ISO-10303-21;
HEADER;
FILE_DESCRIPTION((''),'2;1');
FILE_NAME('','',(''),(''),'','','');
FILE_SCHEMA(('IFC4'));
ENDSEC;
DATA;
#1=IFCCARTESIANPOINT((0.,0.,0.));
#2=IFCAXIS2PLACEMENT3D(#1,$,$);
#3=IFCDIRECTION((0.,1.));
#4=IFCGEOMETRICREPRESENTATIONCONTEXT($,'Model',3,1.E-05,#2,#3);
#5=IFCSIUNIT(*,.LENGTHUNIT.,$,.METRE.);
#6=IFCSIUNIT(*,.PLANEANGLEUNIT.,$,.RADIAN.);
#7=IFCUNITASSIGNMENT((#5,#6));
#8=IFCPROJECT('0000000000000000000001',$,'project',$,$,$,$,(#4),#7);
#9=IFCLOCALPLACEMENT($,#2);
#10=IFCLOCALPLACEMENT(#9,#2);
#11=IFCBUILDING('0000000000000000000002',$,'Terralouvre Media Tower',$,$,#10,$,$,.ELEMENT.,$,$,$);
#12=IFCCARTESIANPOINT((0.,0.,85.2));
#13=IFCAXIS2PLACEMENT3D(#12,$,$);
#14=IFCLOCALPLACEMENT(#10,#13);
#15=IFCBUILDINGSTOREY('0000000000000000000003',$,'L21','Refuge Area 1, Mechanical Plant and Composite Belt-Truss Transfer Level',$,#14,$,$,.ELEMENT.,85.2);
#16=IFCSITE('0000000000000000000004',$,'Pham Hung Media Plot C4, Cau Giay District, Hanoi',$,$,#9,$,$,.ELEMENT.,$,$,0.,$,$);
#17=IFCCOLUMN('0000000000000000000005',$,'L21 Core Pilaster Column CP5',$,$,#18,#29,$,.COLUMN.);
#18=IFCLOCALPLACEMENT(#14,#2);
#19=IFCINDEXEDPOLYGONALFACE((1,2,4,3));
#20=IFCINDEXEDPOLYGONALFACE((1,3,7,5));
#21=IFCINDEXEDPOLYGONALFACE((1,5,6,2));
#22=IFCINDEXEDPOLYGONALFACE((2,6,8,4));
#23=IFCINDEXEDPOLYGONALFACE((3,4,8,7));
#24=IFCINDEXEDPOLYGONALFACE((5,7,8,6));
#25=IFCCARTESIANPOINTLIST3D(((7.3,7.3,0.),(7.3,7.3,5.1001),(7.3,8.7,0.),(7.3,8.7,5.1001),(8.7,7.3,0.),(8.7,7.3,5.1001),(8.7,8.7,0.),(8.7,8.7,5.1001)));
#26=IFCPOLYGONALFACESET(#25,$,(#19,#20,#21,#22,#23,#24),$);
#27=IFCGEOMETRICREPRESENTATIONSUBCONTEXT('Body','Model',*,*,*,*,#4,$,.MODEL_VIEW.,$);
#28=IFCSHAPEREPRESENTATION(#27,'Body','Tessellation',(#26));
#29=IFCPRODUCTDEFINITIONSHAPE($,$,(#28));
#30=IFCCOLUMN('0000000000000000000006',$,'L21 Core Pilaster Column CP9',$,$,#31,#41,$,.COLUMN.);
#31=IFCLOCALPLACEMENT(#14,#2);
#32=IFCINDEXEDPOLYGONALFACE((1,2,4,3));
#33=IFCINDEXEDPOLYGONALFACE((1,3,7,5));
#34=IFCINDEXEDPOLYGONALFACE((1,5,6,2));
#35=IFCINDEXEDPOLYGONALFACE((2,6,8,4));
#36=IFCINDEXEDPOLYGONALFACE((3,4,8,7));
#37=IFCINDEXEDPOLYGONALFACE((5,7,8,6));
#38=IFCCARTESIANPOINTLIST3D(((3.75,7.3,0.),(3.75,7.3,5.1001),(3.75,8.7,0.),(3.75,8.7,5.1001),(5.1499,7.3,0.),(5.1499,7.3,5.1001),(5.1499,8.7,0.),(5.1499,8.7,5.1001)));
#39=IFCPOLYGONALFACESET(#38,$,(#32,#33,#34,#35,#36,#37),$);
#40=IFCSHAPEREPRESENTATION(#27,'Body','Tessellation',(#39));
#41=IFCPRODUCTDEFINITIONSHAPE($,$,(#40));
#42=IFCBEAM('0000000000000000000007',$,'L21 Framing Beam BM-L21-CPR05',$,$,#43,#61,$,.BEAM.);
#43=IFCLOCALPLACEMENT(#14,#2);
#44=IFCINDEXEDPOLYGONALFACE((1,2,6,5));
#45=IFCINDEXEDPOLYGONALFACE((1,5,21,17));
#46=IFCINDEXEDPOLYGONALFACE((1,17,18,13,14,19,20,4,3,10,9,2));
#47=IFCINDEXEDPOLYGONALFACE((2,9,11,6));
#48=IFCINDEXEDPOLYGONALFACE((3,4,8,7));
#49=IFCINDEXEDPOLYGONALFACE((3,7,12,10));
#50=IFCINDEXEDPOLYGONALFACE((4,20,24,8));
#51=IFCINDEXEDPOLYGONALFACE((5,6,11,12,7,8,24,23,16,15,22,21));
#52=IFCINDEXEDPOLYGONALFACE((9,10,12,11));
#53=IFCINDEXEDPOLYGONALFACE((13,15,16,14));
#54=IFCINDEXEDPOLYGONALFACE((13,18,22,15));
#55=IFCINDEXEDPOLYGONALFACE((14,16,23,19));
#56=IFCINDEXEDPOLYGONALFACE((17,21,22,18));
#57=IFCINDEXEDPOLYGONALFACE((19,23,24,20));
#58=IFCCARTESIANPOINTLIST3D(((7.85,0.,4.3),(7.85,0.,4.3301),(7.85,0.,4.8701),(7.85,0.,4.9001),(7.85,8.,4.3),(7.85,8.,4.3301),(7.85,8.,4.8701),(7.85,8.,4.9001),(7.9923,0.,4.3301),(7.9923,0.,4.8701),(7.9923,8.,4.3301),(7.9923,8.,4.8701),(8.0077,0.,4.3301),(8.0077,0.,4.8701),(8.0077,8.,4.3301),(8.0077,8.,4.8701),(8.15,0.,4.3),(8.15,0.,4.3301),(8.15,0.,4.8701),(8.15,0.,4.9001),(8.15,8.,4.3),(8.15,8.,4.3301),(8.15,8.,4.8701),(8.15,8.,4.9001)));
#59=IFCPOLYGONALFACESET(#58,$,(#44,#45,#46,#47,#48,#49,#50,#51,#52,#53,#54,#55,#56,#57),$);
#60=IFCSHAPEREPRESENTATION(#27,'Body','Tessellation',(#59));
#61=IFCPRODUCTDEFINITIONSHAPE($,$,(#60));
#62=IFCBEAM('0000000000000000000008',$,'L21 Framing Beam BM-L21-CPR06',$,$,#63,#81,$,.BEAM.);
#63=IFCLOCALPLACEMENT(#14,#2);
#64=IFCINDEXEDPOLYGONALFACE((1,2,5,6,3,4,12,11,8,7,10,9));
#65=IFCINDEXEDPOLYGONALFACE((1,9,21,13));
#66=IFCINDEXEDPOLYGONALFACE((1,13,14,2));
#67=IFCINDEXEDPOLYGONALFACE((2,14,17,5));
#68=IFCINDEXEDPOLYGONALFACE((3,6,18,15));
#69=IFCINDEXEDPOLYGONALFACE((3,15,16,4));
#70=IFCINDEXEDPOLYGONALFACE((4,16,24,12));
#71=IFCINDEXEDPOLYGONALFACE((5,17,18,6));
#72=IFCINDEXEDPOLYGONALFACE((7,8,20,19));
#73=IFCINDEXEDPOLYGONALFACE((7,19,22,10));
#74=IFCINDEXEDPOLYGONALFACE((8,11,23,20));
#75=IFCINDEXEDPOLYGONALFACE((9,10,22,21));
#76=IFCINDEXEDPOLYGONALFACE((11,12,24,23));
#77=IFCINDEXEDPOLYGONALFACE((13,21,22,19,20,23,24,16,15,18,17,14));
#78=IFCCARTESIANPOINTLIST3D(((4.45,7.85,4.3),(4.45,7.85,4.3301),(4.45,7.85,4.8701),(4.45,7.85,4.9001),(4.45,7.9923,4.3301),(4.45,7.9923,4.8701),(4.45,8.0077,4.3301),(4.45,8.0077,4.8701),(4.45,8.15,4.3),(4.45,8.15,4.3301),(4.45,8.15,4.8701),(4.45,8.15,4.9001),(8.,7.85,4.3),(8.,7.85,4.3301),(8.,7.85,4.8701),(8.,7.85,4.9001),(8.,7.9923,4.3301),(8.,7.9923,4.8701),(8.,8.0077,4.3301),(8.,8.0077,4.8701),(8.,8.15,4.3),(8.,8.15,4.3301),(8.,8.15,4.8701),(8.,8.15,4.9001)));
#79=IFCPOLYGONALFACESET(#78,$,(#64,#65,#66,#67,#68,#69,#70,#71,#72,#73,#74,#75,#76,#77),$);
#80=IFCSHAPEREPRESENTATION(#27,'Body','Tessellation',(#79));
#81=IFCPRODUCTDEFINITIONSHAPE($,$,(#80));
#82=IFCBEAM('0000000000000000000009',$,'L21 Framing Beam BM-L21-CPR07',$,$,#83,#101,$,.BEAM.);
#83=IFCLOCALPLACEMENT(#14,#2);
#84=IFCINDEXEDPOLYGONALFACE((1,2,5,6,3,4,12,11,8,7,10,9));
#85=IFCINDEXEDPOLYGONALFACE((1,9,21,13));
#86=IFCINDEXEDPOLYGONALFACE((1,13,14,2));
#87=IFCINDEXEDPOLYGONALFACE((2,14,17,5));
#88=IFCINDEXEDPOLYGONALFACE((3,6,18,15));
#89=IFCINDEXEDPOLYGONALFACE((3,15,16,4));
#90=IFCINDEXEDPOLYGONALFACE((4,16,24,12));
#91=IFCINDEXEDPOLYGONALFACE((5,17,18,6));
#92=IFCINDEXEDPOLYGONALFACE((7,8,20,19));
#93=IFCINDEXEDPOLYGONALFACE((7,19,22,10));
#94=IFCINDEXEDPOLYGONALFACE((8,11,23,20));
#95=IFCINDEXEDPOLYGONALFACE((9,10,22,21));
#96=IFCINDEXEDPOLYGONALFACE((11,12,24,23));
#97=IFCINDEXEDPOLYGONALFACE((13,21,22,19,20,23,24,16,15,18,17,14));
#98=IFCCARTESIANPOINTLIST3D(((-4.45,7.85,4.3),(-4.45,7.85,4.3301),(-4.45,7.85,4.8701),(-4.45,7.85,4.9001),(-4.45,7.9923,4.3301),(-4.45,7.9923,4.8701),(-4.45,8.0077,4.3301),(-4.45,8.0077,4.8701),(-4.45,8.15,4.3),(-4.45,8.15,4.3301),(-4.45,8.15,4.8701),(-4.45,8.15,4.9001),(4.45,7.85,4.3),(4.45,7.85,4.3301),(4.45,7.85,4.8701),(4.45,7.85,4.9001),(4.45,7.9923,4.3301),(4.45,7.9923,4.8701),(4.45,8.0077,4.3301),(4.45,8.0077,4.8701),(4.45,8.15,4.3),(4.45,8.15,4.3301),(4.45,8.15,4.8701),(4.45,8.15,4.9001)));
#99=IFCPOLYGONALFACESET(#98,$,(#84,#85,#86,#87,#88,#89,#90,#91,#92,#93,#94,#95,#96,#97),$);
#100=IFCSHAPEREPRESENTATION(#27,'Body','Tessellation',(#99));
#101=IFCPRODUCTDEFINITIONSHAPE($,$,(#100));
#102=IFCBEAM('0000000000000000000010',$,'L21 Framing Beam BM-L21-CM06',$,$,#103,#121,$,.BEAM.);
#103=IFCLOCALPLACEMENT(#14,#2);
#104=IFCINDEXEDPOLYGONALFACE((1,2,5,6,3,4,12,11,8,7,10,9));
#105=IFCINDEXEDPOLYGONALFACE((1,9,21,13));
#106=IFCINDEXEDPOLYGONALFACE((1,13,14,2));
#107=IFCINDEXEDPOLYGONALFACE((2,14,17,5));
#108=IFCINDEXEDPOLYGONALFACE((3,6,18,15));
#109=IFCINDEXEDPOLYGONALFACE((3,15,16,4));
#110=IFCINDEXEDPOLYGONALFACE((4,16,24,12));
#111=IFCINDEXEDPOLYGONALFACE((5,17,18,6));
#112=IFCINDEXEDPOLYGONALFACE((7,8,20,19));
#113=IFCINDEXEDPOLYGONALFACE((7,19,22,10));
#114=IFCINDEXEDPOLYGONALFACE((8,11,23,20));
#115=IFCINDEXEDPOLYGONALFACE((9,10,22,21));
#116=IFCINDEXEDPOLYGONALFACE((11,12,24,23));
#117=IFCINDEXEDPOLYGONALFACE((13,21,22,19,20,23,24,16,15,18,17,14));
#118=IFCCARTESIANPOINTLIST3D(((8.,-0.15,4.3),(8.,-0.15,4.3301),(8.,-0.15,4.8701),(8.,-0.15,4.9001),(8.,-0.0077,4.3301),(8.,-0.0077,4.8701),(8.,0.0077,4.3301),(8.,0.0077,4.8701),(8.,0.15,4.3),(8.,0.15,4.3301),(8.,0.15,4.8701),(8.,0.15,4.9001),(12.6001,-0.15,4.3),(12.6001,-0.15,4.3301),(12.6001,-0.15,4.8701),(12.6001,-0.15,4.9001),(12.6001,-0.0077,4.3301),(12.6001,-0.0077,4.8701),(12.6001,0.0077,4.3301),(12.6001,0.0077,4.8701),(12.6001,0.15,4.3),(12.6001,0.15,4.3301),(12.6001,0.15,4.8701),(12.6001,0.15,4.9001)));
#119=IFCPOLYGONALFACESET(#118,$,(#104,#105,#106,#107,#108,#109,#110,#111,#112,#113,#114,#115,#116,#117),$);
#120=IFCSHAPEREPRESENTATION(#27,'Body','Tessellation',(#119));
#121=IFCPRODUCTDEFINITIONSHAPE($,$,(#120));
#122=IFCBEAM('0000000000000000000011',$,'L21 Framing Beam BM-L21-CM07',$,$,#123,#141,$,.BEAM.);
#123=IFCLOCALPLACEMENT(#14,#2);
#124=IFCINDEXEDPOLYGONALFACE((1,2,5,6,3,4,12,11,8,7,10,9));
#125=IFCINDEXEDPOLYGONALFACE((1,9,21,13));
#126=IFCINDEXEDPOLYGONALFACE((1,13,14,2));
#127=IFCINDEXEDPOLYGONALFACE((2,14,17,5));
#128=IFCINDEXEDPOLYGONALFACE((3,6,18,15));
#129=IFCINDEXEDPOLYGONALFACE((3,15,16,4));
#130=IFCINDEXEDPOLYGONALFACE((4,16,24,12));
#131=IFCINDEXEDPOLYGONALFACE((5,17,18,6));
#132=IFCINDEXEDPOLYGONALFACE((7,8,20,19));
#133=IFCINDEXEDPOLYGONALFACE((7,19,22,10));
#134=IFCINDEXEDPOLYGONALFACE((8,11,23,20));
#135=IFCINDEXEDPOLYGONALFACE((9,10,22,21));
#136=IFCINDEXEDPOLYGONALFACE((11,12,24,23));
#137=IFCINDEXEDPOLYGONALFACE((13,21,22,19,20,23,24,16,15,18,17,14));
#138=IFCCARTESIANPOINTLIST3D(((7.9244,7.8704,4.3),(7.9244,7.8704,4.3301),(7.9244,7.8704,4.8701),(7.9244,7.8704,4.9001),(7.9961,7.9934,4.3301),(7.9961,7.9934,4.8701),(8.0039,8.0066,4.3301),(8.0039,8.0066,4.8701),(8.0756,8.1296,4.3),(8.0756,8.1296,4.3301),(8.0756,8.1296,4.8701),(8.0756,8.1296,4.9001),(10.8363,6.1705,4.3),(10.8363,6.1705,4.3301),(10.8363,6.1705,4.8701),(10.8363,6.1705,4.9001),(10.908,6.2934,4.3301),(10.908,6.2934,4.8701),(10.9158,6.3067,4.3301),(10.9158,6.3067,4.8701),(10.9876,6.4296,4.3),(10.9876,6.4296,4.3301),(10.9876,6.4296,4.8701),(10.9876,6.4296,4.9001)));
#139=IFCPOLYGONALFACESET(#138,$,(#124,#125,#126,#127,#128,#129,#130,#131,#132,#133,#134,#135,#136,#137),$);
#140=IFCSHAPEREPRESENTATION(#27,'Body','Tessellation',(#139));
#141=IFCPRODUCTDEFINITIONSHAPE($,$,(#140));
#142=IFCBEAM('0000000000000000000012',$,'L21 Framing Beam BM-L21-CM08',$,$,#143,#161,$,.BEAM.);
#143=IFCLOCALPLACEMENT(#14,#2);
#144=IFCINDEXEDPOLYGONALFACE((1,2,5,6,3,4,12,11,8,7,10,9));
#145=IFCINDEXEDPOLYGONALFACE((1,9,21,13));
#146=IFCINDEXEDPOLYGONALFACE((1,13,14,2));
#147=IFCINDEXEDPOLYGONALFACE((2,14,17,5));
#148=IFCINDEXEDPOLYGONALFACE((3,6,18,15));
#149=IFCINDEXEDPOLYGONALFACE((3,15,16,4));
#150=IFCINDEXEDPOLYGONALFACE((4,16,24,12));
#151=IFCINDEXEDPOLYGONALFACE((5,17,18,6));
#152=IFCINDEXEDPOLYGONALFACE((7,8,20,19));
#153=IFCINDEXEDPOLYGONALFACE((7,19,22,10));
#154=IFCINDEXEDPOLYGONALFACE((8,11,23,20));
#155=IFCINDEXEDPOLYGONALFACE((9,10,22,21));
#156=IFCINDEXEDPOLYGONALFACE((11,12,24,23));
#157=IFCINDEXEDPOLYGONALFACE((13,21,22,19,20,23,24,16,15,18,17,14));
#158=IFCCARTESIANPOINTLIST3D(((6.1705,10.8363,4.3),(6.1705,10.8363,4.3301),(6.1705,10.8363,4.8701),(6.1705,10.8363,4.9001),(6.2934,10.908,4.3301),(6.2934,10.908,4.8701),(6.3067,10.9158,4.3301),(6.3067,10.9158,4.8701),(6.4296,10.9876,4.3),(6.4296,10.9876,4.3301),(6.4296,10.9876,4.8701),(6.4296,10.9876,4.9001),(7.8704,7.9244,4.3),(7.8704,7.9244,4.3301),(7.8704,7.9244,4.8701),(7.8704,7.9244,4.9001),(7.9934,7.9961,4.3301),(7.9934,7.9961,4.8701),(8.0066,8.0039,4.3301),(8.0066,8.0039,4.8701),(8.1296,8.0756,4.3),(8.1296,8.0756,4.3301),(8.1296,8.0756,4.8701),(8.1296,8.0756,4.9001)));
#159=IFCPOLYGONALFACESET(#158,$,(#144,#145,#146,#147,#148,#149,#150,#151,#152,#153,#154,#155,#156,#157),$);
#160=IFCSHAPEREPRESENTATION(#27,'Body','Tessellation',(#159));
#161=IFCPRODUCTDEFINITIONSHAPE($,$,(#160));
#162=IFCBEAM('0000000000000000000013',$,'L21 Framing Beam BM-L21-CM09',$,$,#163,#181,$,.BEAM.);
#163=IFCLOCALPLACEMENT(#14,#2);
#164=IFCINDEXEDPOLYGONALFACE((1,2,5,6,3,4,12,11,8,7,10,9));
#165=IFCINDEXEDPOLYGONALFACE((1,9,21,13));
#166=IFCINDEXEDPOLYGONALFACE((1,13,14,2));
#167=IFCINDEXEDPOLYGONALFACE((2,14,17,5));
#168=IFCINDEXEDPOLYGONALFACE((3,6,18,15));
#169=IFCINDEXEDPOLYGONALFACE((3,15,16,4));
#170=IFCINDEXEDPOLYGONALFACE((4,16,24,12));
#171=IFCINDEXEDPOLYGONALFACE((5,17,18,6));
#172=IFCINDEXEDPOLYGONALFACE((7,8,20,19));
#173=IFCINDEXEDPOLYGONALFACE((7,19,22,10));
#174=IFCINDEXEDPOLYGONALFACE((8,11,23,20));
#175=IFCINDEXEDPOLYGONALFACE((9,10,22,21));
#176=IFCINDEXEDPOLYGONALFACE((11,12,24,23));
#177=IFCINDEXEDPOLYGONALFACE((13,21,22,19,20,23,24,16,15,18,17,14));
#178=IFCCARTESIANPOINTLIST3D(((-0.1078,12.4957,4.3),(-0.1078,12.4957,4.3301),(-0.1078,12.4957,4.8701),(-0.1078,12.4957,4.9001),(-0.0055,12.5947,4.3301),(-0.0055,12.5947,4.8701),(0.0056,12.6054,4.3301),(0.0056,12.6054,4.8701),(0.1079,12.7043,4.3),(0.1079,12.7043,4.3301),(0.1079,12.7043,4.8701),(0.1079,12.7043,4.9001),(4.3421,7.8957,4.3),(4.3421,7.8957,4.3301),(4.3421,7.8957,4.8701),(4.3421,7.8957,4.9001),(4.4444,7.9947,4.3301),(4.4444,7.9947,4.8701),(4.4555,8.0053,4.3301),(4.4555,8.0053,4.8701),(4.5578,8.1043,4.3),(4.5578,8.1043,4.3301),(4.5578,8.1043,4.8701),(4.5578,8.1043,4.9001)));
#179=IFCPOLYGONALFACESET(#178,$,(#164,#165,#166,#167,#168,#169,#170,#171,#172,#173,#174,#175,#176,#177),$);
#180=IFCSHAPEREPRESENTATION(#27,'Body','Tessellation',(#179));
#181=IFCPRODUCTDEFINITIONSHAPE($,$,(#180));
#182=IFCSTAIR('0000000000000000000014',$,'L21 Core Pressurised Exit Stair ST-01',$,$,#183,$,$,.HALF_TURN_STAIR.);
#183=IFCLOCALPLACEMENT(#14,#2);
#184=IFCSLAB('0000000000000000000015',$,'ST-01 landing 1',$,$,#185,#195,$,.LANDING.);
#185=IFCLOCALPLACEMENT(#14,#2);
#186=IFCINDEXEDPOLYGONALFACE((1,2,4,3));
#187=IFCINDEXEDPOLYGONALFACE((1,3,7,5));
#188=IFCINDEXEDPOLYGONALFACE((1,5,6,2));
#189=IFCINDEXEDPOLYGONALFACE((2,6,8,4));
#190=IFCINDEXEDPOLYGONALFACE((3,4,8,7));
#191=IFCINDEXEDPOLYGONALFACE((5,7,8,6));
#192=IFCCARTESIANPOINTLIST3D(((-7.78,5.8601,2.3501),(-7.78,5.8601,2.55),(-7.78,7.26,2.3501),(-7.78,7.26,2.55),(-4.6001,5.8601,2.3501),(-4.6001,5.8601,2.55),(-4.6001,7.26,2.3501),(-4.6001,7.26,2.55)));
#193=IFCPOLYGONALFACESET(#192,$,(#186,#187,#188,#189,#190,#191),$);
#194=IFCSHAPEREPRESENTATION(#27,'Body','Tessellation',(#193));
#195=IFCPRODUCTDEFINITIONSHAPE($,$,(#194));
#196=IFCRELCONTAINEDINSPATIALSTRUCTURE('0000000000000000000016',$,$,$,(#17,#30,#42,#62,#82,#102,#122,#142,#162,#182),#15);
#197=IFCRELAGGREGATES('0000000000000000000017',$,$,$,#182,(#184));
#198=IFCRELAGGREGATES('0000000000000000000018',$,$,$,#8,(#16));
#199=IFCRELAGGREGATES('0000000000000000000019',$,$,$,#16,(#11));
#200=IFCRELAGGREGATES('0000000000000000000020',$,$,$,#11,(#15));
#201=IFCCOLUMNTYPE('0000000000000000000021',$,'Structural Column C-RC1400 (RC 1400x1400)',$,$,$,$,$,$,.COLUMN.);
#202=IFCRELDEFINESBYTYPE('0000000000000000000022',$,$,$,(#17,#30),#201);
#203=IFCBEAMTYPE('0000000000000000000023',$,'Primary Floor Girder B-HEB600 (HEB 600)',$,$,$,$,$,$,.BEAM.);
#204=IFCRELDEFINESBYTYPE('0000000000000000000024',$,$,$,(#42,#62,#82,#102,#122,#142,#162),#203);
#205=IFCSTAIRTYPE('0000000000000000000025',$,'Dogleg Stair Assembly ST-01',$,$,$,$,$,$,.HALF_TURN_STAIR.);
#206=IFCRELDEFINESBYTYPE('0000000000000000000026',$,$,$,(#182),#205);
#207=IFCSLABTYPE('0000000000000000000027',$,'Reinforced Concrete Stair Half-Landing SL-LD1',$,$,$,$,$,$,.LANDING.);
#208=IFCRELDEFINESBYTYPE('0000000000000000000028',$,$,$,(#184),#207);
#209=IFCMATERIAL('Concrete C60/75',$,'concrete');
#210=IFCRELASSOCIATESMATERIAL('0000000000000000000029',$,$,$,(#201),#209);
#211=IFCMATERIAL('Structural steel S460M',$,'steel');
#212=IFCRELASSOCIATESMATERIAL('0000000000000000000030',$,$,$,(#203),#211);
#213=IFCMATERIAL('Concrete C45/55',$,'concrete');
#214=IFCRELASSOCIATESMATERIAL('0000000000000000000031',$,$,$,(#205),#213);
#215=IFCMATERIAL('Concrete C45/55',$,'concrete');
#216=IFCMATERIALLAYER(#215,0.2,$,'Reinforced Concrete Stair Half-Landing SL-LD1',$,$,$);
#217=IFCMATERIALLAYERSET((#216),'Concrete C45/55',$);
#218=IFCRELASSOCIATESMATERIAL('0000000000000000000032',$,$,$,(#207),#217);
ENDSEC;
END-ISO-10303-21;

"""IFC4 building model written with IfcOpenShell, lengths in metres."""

from ifc_helpers import new_model, si_unit, direction, frame, origin, origin_2d, place, context, subcontext, project, spatial, polyline, rectangle, i_section, outline, extrude, material, layer, layer_set, material_profile, profile_set, type_object, element, aggregate, save


model = new_model("IFC4")

# Units and contexts
model_context = context("Model", 3, precision=1e-05, world=origin(), true_north=direction((0.0, 1.0)))
body_context = subcontext(model_context, "Body", "Model", "MODEL_VIEW")
ifc_project = project(units=[si_unit("LENGTHUNIT", "METRE"), si_unit("PLANEANGLEUNIT", "RADIAN")], contexts=[model_context])

# Site, building, storey
site_placement = place(None, origin())
site = spatial("IfcSite", under=ifc_project, at=site_placement, Name="Pham Hung Media Plot C4, Cau Giay District, Hanoi", CompositionType="ELEMENT", RefElevation=0.0)
building_placement = place(site_placement, origin())
building = spatial("IfcBuilding", under=site, at=building_placement, Name="Terralouvre Media Tower", CompositionType="ELEMENT")
storey_placement = place(building_placement, frame((0.0, 0.0, 85.2)))
storey = spatial("IfcBuildingStorey", under=building, at=storey_placement, Name="L21", Description="Refuge Area 1, Mechanical Plant and Composite Belt-Truss Transfer Level", CompositionType="ELEMENT", Elevation=85.2)

# Columns
ifc_material_1 = material(Name="Concrete C60/75", Category="concrete")
ifc_material_profile_1 = material_profile(ifc_material_1, rectangle(XDim=1.3999, YDim=1.3999, at=origin_2d()), Name="RC 1400x1400")
ifc_profile_set_1 = profile_set([ifc_material_profile_1], Name="Concrete C60/75")
column_type = type_object("IfcColumnType", Name="Structural Column C-RC1400 (RC 1400x1400)", PredefinedType="COLUMN", material=ifc_profile_set_1)
for number, where, z_axis, x_axis, name in (
    (1, (8.0, 8.0, 0.0), (0.0, 0.0, 1.0), (1.0, 0.0, 0.0), "L21 Core Pilaster Column CP5"),
    (2, (4.45, 8.0, 0.0), (0.0, 0.0, 1.0), (1.0, 0.0, 0.0), "L21 Core Pilaster Column CP9"),
):
    element("IfcColumn", number, at=place(storey_placement, frame(where, z_axis=z_axis, x_axis=x_axis)), inside=storey, type_object=column_type, Name=name, PredefinedType="COLUMN", context=body_context, shape_type="SweptSolid", body=[
        extrude(rectangle(XDim=1.3999, YDim=1.3999, at=origin_2d()), origin(), (0.0, 0.0, 1.0), 5.1001),
    ])

# Beams
ifc_material_2 = material(Name="Structural steel S460M", Category="steel")
ifc_material_profile_2 = material_profile(ifc_material_2, i_section(OverallWidth=0.3, OverallDepth=0.6001, WebThickness=0.0154, FlangeThickness=0.03, at=origin_2d()), Name="HEB 600")
ifc_profile_set_2 = profile_set([ifc_material_profile_2], Name="Structural steel S460M")
beam_type = type_object("IfcBeamType", Name="Primary Floor Girder B-HEB600 (HEB 600)", PredefinedType="BEAM", material=ifc_profile_set_2)
beam_1_placement = place(storey_placement, frame((8.0, 0.0, 4.6001), z_axis=(0.0, 1.0, 0.0), x_axis=(-1.0, 0.0, 0.0)))
element("IfcBeam", 3, at=beam_1_placement, inside=storey, type_object=beam_type, Name="L21 Framing Beam BM-L21-CPR05", PredefinedType="BEAM", context=body_context, shape_type="SweptSolid", body=[
    extrude(i_section(OverallWidth=0.3, OverallDepth=0.6001, WebThickness=0.0154, FlangeThickness=0.03, at=origin_2d()), origin(), (0.0, 0.0, 1.0), 8.0),
])
beam_2_placement = place(storey_placement, frame((8.0, 8.0, 4.6001), z_axis=(-1.0, 0.0, 0.0), x_axis=(0.0, -1.0, 0.0)))
element("IfcBeam", 4, at=beam_2_placement, inside=storey, type_object=beam_type, Name="L21 Framing Beam BM-L21-CPR06", PredefinedType="BEAM", context=body_context, shape_type="SweptSolid", body=[
    extrude(i_section(OverallWidth=0.3, OverallDepth=0.6001, WebThickness=0.0154, FlangeThickness=0.03, at=origin_2d()), origin(), (0.0, 0.0, 1.0), 3.55),
])
beam_3_placement = place(storey_placement, frame((4.45, 8.0, 4.6001), z_axis=(-1.0, 0.0, 0.0), x_axis=(0.0, -1.0, 0.0)))
element("IfcBeam", 5, at=beam_3_placement, inside=storey, type_object=beam_type, Name="L21 Framing Beam BM-L21-CPR07", PredefinedType="BEAM", context=body_context, shape_type="SweptSolid", body=[
    extrude(i_section(OverallWidth=0.3, OverallDepth=0.6001, WebThickness=0.0154, FlangeThickness=0.03, at=origin_2d()), origin(), (0.0, 0.0, 1.0), 8.8999),
])
beam_4_placement = place(storey_placement, frame((8.0, 0.0, 4.6001), z_axis=(1.0, 0.0, 0.0), x_axis=(0.0, 1.0, 0.0)))
element("IfcBeam", 6, at=beam_4_placement, inside=storey, type_object=beam_type, Name="L21 Framing Beam BM-L21-CM06", PredefinedType="BEAM", context=body_context, shape_type="SweptSolid", body=[
    extrude(i_section(OverallWidth=0.3, OverallDepth=0.6001, WebThickness=0.0154, FlangeThickness=0.03, at=origin_2d()), origin(), (0.0, 0.0, 1.0), 4.6001),
])
for number, where, z_axis, x_axis, name in (
    (7, (8.0, 8.0, 4.6001), (0.863603, -0.504173, 0.0), (0.504173, 0.863603, 0.0), "L21 Framing Beam BM-L21-CM07"),
    (8, (8.0, 8.0, 4.6001), (-0.504173, 0.863603, 0.0), (-0.863603, -0.504173, 0.0), "L21 Framing Beam BM-L21-CM08"),
):
    element("IfcBeam", number, at=place(storey_placement, frame(where, z_axis=z_axis, x_axis=x_axis)), inside=storey, type_object=beam_type, Name=name, PredefinedType="BEAM", context=body_context, shape_type="SweptSolid", body=[
        extrude(i_section(OverallWidth=0.3, OverallDepth=0.6001, WebThickness=0.0154, FlangeThickness=0.03, at=origin_2d()), origin(), (0.0, 0.0, 1.0), 3.3718),
    ])
beam_5_placement = place(storey_placement, frame((4.45, 8.0, 4.6001), z_axis=(-0.69528, 0.718739, 0.0), x_axis=(-0.718739, -0.69528, 0.0)))
element("IfcBeam", 9, at=beam_5_placement, inside=storey, type_object=beam_type, Name="L21 Framing Beam BM-L21-CM09", PredefinedType="BEAM", context=body_context, shape_type="SweptSolid", body=[
    extrude(i_section(OverallWidth=0.3, OverallDepth=0.6001, WebThickness=0.0154, FlangeThickness=0.03, at=origin_2d()), origin(), (0.0, 0.0, 1.0), 6.4001),
])

# Stair, slab
ifc_material_3 = material(Name="Concrete C45/55", Category="concrete")
stair_type_1 = type_object("IfcStairType", Name="Dogleg Stair Assembly ST-01", PredefinedType="HALF_TURN_STAIR", material=ifc_material_3)
stair_1_placement = place(storey_placement, origin())
stair_1 = element("IfcStair", 10, at=stair_1_placement, inside=storey, type_object=stair_type_1, Name="L21 Core Pressurised Exit Stair ST-01", PredefinedType="HALF_TURN_STAIR")
ifc_material_4 = material(Name="Concrete C45/55", Category="concrete")
ifc_layer_1 = layer(ifc_material_4, 0.2, Name="Reinforced Concrete Stair Half-Landing SL-LD1")
ifc_layer_set_1 = layer_set([ifc_layer_1], Name="Concrete C45/55")
slab_type = type_object("IfcSlabType", Name="Reinforced Concrete Stair Half-Landing SL-LD1", PredefinedType="LANDING", material=ifc_layer_set_1)
slab_1_placement = place(storey_placement, frame((0.0, 0.0, 2.3501)))
slab_1 = element("IfcSlab", 11, at=slab_1_placement, type_object=slab_type, Name="ST-01 landing 1", PredefinedType="LANDING", context=body_context, shape_type="SweptSolid", body=[
    extrude(outline(polyline([(-4.6001, 5.8601), (-4.6001, 7.26), (-7.78, 7.26), (-7.78, 5.8601), (-4.6001, 5.8601)])), origin(), (0.0, 0.0, 1.0), 0.2),
])
aggregate(stair_1, [slab_1])

save(model, "model.ifc")
